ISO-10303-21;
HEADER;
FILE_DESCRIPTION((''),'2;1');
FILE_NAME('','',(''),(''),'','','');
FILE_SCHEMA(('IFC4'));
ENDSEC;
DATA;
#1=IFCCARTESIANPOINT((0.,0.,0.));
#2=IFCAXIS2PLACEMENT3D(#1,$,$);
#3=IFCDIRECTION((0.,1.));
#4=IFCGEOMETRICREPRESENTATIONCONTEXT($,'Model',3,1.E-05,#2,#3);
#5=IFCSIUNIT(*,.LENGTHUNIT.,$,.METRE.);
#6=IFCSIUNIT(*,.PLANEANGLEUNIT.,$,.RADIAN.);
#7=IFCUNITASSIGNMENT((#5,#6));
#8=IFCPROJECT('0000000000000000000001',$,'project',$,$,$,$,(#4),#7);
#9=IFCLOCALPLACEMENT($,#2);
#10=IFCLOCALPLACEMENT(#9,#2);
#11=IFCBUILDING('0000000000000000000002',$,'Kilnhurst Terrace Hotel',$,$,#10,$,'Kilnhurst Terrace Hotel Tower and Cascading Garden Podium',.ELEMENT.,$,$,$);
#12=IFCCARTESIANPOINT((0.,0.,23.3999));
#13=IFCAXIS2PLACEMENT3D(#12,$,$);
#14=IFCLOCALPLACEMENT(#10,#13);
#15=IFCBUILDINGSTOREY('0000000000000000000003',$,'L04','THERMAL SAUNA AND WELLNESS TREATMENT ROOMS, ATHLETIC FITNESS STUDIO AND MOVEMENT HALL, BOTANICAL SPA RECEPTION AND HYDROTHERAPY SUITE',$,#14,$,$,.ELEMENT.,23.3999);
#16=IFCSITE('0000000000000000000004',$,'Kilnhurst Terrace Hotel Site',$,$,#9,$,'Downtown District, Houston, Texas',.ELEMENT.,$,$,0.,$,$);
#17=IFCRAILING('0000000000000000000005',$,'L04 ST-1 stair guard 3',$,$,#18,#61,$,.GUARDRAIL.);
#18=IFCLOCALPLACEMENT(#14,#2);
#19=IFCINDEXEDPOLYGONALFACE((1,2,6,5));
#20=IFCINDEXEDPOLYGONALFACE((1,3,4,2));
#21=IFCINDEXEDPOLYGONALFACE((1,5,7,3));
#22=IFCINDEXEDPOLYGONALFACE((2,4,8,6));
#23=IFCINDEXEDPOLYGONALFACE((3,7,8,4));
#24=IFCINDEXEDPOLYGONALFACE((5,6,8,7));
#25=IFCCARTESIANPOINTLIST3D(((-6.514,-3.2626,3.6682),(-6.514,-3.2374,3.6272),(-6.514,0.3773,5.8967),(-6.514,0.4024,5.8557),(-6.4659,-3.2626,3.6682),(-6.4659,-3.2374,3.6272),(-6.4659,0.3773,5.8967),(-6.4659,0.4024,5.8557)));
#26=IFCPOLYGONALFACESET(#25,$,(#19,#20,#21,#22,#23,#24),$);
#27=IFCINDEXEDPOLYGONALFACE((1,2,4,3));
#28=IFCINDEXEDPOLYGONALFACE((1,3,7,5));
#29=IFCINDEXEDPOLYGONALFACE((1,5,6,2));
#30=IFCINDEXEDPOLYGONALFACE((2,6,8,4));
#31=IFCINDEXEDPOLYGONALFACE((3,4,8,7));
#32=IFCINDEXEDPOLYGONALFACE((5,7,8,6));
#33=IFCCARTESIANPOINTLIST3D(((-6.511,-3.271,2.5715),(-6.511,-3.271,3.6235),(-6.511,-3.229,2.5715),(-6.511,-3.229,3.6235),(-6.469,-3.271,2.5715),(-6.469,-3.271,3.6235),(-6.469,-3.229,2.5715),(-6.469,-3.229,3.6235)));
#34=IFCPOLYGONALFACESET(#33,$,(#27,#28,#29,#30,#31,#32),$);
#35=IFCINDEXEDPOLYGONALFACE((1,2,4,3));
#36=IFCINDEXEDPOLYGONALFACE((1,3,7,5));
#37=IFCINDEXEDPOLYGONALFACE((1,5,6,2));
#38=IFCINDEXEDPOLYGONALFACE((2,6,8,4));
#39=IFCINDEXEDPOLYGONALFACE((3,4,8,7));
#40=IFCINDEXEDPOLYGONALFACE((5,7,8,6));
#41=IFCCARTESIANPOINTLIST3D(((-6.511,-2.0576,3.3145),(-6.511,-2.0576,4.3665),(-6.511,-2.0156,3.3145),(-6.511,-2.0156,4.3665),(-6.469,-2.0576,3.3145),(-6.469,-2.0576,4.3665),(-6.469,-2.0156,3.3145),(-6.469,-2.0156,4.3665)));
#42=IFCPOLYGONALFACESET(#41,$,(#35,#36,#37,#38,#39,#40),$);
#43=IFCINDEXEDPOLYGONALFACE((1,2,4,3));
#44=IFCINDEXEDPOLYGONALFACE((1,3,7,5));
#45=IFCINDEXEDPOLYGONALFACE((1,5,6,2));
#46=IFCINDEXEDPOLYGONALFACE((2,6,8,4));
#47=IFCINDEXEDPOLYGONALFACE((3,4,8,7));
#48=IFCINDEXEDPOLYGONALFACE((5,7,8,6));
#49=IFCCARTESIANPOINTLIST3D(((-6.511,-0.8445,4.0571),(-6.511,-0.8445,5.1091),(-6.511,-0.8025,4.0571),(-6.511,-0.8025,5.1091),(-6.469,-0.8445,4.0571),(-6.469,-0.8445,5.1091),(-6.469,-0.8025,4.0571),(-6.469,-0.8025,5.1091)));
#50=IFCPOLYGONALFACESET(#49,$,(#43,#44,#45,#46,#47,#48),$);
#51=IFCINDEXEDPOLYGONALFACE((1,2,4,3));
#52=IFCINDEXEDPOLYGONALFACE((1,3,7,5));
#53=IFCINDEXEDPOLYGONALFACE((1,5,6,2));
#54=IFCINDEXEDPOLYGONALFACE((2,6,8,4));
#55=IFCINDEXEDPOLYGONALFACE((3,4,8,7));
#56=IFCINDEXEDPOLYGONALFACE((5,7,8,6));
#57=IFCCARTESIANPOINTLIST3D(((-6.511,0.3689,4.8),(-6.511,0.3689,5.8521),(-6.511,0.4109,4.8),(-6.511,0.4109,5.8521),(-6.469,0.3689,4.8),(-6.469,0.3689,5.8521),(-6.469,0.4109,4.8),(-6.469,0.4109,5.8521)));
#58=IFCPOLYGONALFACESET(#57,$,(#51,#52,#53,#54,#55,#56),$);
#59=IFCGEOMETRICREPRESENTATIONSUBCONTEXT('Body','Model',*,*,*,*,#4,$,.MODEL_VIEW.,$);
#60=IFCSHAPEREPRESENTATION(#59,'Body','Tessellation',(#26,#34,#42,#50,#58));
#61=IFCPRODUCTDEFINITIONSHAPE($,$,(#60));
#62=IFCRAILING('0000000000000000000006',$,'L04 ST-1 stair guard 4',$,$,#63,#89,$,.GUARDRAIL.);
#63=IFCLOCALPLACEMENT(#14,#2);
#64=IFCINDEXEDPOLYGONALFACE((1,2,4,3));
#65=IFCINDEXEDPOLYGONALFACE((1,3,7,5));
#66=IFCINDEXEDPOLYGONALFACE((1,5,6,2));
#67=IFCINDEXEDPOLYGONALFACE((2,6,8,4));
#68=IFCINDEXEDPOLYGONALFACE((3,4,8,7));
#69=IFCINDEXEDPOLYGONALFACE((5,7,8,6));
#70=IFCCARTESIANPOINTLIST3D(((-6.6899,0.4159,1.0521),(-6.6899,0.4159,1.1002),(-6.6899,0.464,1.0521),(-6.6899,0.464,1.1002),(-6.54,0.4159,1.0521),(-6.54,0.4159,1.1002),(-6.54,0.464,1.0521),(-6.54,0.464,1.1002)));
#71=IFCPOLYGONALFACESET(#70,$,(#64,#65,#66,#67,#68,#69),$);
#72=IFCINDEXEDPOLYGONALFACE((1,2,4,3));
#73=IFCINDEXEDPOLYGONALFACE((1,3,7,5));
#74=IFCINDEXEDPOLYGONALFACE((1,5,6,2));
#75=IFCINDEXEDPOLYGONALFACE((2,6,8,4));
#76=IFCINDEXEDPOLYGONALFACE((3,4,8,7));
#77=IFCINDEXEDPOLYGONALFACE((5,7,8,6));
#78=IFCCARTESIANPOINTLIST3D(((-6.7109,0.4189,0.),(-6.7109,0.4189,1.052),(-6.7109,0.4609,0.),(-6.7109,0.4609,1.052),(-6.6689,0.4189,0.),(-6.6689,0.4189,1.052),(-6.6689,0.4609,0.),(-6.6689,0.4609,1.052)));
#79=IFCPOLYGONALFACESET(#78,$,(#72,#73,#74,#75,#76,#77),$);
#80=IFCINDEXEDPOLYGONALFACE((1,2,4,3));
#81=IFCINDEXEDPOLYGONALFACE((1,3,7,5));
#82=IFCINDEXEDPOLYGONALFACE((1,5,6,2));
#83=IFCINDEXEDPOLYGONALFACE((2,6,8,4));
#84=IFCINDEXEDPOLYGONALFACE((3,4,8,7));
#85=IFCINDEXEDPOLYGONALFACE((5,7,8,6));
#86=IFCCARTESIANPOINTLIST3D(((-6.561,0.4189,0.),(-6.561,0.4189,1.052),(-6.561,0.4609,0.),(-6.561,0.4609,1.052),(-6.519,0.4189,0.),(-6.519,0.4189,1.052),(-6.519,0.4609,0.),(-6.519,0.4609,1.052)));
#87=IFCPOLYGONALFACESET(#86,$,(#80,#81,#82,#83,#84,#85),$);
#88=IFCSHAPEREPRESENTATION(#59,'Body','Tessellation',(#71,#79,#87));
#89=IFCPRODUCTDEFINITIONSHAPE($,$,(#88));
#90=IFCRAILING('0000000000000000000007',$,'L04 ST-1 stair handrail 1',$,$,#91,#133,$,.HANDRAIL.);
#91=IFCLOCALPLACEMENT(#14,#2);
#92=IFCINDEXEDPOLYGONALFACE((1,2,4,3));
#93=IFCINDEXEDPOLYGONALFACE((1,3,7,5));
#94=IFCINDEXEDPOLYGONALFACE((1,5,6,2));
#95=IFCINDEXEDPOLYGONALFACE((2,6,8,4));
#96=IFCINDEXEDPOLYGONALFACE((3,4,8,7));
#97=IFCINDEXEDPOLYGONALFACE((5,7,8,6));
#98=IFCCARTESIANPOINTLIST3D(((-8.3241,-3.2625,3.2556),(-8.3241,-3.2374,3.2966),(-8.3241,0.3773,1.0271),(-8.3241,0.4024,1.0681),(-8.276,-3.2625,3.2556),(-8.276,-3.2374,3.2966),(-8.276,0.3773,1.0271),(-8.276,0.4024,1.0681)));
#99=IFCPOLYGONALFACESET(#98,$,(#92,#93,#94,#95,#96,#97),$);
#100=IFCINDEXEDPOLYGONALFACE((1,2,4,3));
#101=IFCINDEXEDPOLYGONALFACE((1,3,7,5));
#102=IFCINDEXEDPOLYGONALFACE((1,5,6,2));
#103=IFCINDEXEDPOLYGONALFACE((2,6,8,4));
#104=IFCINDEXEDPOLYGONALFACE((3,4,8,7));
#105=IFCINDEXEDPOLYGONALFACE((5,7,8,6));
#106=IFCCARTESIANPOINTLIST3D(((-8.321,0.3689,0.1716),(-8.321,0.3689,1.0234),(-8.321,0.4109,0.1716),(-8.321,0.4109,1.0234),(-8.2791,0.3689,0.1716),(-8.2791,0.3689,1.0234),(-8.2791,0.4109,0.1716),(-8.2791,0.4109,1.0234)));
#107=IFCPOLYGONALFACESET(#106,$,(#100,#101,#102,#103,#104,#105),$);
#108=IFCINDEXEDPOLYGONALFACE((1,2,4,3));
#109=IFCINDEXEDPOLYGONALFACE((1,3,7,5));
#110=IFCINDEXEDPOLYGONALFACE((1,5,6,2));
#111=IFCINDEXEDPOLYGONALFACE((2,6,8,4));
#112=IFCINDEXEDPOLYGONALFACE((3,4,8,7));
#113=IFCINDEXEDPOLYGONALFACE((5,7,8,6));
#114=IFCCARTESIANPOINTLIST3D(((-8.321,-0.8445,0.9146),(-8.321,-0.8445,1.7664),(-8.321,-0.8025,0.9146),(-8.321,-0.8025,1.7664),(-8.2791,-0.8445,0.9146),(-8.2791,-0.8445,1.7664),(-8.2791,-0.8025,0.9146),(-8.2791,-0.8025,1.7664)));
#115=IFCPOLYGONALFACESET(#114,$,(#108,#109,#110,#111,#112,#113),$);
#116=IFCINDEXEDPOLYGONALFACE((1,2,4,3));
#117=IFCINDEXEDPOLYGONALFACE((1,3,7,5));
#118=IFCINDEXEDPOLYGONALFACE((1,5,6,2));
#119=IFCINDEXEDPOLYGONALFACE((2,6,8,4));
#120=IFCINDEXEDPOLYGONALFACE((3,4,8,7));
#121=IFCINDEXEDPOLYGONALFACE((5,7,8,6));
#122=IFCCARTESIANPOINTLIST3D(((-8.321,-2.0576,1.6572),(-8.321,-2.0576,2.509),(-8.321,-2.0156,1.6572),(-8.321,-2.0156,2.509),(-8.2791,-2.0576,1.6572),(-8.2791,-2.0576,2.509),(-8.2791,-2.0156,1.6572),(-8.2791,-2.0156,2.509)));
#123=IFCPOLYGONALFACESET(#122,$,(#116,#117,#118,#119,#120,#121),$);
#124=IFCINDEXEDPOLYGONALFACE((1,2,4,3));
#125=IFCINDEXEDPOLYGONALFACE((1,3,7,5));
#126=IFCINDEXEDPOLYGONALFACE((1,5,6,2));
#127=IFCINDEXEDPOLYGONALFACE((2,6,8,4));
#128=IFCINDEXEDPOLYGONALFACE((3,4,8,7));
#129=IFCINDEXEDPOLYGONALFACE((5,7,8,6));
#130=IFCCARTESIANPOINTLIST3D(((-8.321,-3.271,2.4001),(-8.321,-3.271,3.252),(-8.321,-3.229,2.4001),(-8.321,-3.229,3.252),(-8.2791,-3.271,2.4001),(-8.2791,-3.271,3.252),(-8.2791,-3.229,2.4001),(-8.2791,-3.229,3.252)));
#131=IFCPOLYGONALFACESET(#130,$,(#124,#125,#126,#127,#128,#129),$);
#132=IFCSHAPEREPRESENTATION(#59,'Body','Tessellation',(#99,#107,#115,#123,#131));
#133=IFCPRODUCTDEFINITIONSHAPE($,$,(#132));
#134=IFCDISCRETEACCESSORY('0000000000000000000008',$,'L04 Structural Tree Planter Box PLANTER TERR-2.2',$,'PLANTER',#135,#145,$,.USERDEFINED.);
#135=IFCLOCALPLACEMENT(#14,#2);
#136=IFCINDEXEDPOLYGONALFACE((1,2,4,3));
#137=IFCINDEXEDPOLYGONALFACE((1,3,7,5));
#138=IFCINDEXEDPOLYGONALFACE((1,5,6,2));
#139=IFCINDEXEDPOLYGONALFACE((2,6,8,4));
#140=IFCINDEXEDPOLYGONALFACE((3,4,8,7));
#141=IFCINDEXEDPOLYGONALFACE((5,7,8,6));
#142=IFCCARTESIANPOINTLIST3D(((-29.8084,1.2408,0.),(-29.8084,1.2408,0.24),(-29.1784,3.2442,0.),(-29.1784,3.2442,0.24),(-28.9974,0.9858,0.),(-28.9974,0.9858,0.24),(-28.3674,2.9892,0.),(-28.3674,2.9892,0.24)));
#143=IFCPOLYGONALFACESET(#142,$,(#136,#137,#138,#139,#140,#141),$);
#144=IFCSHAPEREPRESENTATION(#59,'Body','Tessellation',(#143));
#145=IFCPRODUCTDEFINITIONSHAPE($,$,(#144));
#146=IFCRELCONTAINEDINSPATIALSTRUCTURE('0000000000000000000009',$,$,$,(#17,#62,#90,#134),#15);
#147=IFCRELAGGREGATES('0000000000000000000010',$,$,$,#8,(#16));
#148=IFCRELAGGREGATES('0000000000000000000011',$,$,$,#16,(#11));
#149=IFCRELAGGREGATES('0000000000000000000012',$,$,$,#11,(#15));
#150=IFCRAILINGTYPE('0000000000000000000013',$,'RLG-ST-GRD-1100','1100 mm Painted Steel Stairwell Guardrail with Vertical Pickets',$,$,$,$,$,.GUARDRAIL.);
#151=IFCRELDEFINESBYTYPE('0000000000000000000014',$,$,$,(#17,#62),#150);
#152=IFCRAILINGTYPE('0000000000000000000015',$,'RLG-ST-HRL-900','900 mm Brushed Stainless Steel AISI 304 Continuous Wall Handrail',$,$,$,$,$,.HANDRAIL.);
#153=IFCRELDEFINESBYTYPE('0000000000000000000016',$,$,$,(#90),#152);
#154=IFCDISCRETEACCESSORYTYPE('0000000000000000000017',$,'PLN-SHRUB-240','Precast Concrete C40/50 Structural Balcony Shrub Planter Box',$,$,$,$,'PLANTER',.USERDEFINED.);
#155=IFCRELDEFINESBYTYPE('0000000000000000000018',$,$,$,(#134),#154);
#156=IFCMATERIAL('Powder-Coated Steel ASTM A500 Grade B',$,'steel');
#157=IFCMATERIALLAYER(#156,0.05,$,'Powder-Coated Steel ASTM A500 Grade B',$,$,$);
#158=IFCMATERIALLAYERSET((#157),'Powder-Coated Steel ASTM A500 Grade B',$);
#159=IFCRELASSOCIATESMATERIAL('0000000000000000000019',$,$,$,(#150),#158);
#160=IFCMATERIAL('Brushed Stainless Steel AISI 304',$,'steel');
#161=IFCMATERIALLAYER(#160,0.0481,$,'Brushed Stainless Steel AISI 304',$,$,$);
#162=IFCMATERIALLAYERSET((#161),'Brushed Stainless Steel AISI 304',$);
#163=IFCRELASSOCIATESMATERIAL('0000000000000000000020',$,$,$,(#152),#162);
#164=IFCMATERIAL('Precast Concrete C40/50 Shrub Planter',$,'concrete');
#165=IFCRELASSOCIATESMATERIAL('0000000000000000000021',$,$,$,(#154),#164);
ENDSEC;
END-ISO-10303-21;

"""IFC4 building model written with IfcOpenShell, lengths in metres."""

from ifc_helpers import new_model, si_unit, direction, frame, origin, origin_2d, place, context, subcontext, project, spatial, rectangle, extrude, material, layer, layer_set, type_object, element, save


model = new_model("IFC4")

# Units and contexts
model_context = context("Model", 3, precision=1e-05, world=origin(), true_north=direction((0.0, 1.0)))
body_context = subcontext(model_context, "Body", "Model", "MODEL_VIEW")
ifc_project = project(units=[si_unit("LENGTHUNIT", "METRE"), si_unit("PLANEANGLEUNIT", "RADIAN")], contexts=[model_context])

# Site, building, storey
site_placement = place(None, origin())
site = spatial("IfcSite", under=ifc_project, at=site_placement, Name="Kilnhurst Terrace Hotel Site", LongName="Downtown District, Houston, Texas", CompositionType="ELEMENT", RefElevation=0.0)
building_placement = place(site_placement, origin())
building = spatial("IfcBuilding", under=site, at=building_placement, Name="Kilnhurst Terrace Hotel", LongName="Kilnhurst Terrace Hotel Tower and Cascading Garden Podium", CompositionType="ELEMENT")
storey_placement = place(building_placement, frame((0.0, 0.0, 23.3999)))
storey = spatial("IfcBuildingStorey", under=building, at=storey_placement, Name="L04", Description="THERMAL SAUNA AND WELLNESS TREATMENT ROOMS, ATHLETIC FITNESS STUDIO AND MOVEMENT HALL, BOTANICAL SPA RECEPTION AND HYDROTHERAPY SUITE", CompositionType="ELEMENT", Elevation=23.3999)

# Railings
ifc_material_1 = material(Name="Powder-Coated Steel ASTM A500 Grade B", Category="steel")
ifc_layer_1 = layer(ifc_material_1, 0.05, Name="Powder-Coated Steel ASTM A500 Grade B")
ifc_layer_set_1 = layer_set([ifc_layer_1], Name="Powder-Coated Steel ASTM A500 Grade B")
railing_type_1 = type_object("IfcRailingType", Name="RLG-ST-GRD-1100", Description="1100 mm Painted Steel Stairwell Guardrail with Vertical Pickets", PredefinedType="GUARDRAIL", material=ifc_layer_set_1)
railing_1_placement = place(storey_placement, frame((-6.49, -3.25, 2.5715)))
element("IfcRailing", 1, at=railing_1_placement, inside=storey, type_object=railing_type_1, Name="L04 ST-1 stair guard 3", PredefinedType="GUARDRAIL", context=body_context, shape_type="SweptSolid", body=[
    extrude(rectangle(XDim=0.0481, YDim=0.0481, at=origin_2d()), frame((0.0, 0.0, 1.0762), z_axis=(0.0, 0.85285, 0.522156), x_axis=(-1.0, 0.0, 0.0)), (0.0, 0.0, 1.0), 4.2678),
    extrude(rectangle(XDim=0.042, YDim=0.042, at=origin_2d()), origin(), (0.0, 0.0, 1.0), 1.052),
    extrude(rectangle(XDim=0.042, YDim=0.042, at=origin_2d()), frame((0.0, 1.2134, 0.7429)), (0.0, 0.0, 1.0), 1.052),
    extrude(rectangle(XDim=0.042, YDim=0.042, at=origin_2d()), frame((0.0, 2.4265, 1.4856)), (0.0, 0.0, 1.0), 1.052),
    extrude(rectangle(XDim=0.042, YDim=0.042, at=origin_2d()), frame((0.0, 3.6399, 2.2285)), (0.0, 0.0, 1.0), 1.052),
])
railing_2_placement = place(storey_placement, frame((-6.6899, 0.4399, 0.0)))
element("IfcRailing", 2, at=railing_2_placement, inside=storey, type_object=railing_type_1, Name="L04 ST-1 stair guard 4", PredefinedType="GUARDRAIL", context=body_context, shape_type="SweptSolid", body=[
    extrude(rectangle(XDim=0.0481, YDim=0.0481, at=origin_2d()), frame((0.0, 0.0, 1.0762), z_axis=(1.0, 0.0, 0.0), x_axis=(0.0, 1.0, 0.0)), (0.0, 0.0, 1.0), 0.1499),
    extrude(rectangle(XDim=0.042, YDim=0.042, at=origin_2d()), origin(), (0.0, 0.0, 1.0), 1.052),
    extrude(rectangle(XDim=0.042, YDim=0.042, at=origin_2d()), frame((0.1499, 0.0, 0.0)), (0.0, 0.0, 1.0), 1.052),
])
ifc_material_2 = material(Name="Brushed Stainless Steel AISI 304", Category="steel")
ifc_layer_2 = layer(ifc_material_2, 0.0481, Name="Brushed Stainless Steel AISI 304")
ifc_layer_set_2 = layer_set([ifc_layer_2], Name="Brushed Stainless Steel AISI 304")
railing_type_2 = type_object("IfcRailingType", Name="RLG-ST-HRL-900", Description="900 mm Brushed Stainless Steel AISI 304 Continuous Wall Handrail", PredefinedType="HANDRAIL", material=ifc_layer_set_2)
railing_3_placement = place(storey_placement, frame((-8.3, 0.3899, 0.1716)))
element("IfcRailing", 3, at=railing_3_placement, inside=storey, type_object=railing_type_2, Name="L04 ST-1 stair handrail 1", PredefinedType="HANDRAIL", context=body_context, shape_type="SweptSolid", body=[
    extrude(rectangle(XDim=0.0481, YDim=0.0481, at=origin_2d()), frame((0.0, 0.0, 0.876), z_axis=(0.0, -0.85285, 0.522156), x_axis=(1.0, 0.0, 0.0)), (0.0, 0.0, 1.0), 4.2678),
    extrude(rectangle(XDim=0.042, YDim=0.042, at=origin_2d()), origin(), (0.0, 0.0, 1.0), 0.8518),
    extrude(rectangle(XDim=0.042, YDim=0.042, at=origin_2d()), frame((0.0, -1.2134, 0.7429)), (0.0, 0.0, 1.0), 0.8518),
    extrude(rectangle(XDim=0.042, YDim=0.042, at=origin_2d()), frame((0.0, -2.4265, 1.4856)), (0.0, 0.0, 1.0), 0.8518),
    extrude(rectangle(XDim=0.042, YDim=0.042, at=origin_2d()), frame((0.0, -3.6399, 2.2285)), (0.0, 0.0, 1.0), 0.8518),
])

# Discrete accessory
ifc_material_3 = material(Name="Precast Concrete C40/50 Shrub Planter", Category="concrete")
discrete_accessory_type = type_object("IfcDiscreteAccessoryType", Name="PLN-SHRUB-240", Description="Precast Concrete C40/50 Structural Balcony Shrub Planter Box", ElementType="PLANTER", PredefinedType="USERDEFINED", material=ifc_material_3)
discrete_accessory_placement = place(storey_placement, frame((-29.0879, 2.115, 0.0), z_axis=(0.0, 0.0, 1.0), x_axis=(-0.299973, -0.953948, 0.0)))
element("IfcDiscreteAccessory", 4, at=discrete_accessory_placement, inside=storey, type_object=discrete_accessory_type, Name="L04 Structural Tree Planter Box PLANTER TERR-2.2", ObjectType="PLANTER", PredefinedType="USERDEFINED", context=body_context, shape_type="SweptSolid", body=[
    extrude(rectangle(XDim=2.1001, YDim=0.8501, at=origin_2d()), origin(), (0.0, 0.0, 1.0), 0.24),
])

save(model, "model.ifc")
